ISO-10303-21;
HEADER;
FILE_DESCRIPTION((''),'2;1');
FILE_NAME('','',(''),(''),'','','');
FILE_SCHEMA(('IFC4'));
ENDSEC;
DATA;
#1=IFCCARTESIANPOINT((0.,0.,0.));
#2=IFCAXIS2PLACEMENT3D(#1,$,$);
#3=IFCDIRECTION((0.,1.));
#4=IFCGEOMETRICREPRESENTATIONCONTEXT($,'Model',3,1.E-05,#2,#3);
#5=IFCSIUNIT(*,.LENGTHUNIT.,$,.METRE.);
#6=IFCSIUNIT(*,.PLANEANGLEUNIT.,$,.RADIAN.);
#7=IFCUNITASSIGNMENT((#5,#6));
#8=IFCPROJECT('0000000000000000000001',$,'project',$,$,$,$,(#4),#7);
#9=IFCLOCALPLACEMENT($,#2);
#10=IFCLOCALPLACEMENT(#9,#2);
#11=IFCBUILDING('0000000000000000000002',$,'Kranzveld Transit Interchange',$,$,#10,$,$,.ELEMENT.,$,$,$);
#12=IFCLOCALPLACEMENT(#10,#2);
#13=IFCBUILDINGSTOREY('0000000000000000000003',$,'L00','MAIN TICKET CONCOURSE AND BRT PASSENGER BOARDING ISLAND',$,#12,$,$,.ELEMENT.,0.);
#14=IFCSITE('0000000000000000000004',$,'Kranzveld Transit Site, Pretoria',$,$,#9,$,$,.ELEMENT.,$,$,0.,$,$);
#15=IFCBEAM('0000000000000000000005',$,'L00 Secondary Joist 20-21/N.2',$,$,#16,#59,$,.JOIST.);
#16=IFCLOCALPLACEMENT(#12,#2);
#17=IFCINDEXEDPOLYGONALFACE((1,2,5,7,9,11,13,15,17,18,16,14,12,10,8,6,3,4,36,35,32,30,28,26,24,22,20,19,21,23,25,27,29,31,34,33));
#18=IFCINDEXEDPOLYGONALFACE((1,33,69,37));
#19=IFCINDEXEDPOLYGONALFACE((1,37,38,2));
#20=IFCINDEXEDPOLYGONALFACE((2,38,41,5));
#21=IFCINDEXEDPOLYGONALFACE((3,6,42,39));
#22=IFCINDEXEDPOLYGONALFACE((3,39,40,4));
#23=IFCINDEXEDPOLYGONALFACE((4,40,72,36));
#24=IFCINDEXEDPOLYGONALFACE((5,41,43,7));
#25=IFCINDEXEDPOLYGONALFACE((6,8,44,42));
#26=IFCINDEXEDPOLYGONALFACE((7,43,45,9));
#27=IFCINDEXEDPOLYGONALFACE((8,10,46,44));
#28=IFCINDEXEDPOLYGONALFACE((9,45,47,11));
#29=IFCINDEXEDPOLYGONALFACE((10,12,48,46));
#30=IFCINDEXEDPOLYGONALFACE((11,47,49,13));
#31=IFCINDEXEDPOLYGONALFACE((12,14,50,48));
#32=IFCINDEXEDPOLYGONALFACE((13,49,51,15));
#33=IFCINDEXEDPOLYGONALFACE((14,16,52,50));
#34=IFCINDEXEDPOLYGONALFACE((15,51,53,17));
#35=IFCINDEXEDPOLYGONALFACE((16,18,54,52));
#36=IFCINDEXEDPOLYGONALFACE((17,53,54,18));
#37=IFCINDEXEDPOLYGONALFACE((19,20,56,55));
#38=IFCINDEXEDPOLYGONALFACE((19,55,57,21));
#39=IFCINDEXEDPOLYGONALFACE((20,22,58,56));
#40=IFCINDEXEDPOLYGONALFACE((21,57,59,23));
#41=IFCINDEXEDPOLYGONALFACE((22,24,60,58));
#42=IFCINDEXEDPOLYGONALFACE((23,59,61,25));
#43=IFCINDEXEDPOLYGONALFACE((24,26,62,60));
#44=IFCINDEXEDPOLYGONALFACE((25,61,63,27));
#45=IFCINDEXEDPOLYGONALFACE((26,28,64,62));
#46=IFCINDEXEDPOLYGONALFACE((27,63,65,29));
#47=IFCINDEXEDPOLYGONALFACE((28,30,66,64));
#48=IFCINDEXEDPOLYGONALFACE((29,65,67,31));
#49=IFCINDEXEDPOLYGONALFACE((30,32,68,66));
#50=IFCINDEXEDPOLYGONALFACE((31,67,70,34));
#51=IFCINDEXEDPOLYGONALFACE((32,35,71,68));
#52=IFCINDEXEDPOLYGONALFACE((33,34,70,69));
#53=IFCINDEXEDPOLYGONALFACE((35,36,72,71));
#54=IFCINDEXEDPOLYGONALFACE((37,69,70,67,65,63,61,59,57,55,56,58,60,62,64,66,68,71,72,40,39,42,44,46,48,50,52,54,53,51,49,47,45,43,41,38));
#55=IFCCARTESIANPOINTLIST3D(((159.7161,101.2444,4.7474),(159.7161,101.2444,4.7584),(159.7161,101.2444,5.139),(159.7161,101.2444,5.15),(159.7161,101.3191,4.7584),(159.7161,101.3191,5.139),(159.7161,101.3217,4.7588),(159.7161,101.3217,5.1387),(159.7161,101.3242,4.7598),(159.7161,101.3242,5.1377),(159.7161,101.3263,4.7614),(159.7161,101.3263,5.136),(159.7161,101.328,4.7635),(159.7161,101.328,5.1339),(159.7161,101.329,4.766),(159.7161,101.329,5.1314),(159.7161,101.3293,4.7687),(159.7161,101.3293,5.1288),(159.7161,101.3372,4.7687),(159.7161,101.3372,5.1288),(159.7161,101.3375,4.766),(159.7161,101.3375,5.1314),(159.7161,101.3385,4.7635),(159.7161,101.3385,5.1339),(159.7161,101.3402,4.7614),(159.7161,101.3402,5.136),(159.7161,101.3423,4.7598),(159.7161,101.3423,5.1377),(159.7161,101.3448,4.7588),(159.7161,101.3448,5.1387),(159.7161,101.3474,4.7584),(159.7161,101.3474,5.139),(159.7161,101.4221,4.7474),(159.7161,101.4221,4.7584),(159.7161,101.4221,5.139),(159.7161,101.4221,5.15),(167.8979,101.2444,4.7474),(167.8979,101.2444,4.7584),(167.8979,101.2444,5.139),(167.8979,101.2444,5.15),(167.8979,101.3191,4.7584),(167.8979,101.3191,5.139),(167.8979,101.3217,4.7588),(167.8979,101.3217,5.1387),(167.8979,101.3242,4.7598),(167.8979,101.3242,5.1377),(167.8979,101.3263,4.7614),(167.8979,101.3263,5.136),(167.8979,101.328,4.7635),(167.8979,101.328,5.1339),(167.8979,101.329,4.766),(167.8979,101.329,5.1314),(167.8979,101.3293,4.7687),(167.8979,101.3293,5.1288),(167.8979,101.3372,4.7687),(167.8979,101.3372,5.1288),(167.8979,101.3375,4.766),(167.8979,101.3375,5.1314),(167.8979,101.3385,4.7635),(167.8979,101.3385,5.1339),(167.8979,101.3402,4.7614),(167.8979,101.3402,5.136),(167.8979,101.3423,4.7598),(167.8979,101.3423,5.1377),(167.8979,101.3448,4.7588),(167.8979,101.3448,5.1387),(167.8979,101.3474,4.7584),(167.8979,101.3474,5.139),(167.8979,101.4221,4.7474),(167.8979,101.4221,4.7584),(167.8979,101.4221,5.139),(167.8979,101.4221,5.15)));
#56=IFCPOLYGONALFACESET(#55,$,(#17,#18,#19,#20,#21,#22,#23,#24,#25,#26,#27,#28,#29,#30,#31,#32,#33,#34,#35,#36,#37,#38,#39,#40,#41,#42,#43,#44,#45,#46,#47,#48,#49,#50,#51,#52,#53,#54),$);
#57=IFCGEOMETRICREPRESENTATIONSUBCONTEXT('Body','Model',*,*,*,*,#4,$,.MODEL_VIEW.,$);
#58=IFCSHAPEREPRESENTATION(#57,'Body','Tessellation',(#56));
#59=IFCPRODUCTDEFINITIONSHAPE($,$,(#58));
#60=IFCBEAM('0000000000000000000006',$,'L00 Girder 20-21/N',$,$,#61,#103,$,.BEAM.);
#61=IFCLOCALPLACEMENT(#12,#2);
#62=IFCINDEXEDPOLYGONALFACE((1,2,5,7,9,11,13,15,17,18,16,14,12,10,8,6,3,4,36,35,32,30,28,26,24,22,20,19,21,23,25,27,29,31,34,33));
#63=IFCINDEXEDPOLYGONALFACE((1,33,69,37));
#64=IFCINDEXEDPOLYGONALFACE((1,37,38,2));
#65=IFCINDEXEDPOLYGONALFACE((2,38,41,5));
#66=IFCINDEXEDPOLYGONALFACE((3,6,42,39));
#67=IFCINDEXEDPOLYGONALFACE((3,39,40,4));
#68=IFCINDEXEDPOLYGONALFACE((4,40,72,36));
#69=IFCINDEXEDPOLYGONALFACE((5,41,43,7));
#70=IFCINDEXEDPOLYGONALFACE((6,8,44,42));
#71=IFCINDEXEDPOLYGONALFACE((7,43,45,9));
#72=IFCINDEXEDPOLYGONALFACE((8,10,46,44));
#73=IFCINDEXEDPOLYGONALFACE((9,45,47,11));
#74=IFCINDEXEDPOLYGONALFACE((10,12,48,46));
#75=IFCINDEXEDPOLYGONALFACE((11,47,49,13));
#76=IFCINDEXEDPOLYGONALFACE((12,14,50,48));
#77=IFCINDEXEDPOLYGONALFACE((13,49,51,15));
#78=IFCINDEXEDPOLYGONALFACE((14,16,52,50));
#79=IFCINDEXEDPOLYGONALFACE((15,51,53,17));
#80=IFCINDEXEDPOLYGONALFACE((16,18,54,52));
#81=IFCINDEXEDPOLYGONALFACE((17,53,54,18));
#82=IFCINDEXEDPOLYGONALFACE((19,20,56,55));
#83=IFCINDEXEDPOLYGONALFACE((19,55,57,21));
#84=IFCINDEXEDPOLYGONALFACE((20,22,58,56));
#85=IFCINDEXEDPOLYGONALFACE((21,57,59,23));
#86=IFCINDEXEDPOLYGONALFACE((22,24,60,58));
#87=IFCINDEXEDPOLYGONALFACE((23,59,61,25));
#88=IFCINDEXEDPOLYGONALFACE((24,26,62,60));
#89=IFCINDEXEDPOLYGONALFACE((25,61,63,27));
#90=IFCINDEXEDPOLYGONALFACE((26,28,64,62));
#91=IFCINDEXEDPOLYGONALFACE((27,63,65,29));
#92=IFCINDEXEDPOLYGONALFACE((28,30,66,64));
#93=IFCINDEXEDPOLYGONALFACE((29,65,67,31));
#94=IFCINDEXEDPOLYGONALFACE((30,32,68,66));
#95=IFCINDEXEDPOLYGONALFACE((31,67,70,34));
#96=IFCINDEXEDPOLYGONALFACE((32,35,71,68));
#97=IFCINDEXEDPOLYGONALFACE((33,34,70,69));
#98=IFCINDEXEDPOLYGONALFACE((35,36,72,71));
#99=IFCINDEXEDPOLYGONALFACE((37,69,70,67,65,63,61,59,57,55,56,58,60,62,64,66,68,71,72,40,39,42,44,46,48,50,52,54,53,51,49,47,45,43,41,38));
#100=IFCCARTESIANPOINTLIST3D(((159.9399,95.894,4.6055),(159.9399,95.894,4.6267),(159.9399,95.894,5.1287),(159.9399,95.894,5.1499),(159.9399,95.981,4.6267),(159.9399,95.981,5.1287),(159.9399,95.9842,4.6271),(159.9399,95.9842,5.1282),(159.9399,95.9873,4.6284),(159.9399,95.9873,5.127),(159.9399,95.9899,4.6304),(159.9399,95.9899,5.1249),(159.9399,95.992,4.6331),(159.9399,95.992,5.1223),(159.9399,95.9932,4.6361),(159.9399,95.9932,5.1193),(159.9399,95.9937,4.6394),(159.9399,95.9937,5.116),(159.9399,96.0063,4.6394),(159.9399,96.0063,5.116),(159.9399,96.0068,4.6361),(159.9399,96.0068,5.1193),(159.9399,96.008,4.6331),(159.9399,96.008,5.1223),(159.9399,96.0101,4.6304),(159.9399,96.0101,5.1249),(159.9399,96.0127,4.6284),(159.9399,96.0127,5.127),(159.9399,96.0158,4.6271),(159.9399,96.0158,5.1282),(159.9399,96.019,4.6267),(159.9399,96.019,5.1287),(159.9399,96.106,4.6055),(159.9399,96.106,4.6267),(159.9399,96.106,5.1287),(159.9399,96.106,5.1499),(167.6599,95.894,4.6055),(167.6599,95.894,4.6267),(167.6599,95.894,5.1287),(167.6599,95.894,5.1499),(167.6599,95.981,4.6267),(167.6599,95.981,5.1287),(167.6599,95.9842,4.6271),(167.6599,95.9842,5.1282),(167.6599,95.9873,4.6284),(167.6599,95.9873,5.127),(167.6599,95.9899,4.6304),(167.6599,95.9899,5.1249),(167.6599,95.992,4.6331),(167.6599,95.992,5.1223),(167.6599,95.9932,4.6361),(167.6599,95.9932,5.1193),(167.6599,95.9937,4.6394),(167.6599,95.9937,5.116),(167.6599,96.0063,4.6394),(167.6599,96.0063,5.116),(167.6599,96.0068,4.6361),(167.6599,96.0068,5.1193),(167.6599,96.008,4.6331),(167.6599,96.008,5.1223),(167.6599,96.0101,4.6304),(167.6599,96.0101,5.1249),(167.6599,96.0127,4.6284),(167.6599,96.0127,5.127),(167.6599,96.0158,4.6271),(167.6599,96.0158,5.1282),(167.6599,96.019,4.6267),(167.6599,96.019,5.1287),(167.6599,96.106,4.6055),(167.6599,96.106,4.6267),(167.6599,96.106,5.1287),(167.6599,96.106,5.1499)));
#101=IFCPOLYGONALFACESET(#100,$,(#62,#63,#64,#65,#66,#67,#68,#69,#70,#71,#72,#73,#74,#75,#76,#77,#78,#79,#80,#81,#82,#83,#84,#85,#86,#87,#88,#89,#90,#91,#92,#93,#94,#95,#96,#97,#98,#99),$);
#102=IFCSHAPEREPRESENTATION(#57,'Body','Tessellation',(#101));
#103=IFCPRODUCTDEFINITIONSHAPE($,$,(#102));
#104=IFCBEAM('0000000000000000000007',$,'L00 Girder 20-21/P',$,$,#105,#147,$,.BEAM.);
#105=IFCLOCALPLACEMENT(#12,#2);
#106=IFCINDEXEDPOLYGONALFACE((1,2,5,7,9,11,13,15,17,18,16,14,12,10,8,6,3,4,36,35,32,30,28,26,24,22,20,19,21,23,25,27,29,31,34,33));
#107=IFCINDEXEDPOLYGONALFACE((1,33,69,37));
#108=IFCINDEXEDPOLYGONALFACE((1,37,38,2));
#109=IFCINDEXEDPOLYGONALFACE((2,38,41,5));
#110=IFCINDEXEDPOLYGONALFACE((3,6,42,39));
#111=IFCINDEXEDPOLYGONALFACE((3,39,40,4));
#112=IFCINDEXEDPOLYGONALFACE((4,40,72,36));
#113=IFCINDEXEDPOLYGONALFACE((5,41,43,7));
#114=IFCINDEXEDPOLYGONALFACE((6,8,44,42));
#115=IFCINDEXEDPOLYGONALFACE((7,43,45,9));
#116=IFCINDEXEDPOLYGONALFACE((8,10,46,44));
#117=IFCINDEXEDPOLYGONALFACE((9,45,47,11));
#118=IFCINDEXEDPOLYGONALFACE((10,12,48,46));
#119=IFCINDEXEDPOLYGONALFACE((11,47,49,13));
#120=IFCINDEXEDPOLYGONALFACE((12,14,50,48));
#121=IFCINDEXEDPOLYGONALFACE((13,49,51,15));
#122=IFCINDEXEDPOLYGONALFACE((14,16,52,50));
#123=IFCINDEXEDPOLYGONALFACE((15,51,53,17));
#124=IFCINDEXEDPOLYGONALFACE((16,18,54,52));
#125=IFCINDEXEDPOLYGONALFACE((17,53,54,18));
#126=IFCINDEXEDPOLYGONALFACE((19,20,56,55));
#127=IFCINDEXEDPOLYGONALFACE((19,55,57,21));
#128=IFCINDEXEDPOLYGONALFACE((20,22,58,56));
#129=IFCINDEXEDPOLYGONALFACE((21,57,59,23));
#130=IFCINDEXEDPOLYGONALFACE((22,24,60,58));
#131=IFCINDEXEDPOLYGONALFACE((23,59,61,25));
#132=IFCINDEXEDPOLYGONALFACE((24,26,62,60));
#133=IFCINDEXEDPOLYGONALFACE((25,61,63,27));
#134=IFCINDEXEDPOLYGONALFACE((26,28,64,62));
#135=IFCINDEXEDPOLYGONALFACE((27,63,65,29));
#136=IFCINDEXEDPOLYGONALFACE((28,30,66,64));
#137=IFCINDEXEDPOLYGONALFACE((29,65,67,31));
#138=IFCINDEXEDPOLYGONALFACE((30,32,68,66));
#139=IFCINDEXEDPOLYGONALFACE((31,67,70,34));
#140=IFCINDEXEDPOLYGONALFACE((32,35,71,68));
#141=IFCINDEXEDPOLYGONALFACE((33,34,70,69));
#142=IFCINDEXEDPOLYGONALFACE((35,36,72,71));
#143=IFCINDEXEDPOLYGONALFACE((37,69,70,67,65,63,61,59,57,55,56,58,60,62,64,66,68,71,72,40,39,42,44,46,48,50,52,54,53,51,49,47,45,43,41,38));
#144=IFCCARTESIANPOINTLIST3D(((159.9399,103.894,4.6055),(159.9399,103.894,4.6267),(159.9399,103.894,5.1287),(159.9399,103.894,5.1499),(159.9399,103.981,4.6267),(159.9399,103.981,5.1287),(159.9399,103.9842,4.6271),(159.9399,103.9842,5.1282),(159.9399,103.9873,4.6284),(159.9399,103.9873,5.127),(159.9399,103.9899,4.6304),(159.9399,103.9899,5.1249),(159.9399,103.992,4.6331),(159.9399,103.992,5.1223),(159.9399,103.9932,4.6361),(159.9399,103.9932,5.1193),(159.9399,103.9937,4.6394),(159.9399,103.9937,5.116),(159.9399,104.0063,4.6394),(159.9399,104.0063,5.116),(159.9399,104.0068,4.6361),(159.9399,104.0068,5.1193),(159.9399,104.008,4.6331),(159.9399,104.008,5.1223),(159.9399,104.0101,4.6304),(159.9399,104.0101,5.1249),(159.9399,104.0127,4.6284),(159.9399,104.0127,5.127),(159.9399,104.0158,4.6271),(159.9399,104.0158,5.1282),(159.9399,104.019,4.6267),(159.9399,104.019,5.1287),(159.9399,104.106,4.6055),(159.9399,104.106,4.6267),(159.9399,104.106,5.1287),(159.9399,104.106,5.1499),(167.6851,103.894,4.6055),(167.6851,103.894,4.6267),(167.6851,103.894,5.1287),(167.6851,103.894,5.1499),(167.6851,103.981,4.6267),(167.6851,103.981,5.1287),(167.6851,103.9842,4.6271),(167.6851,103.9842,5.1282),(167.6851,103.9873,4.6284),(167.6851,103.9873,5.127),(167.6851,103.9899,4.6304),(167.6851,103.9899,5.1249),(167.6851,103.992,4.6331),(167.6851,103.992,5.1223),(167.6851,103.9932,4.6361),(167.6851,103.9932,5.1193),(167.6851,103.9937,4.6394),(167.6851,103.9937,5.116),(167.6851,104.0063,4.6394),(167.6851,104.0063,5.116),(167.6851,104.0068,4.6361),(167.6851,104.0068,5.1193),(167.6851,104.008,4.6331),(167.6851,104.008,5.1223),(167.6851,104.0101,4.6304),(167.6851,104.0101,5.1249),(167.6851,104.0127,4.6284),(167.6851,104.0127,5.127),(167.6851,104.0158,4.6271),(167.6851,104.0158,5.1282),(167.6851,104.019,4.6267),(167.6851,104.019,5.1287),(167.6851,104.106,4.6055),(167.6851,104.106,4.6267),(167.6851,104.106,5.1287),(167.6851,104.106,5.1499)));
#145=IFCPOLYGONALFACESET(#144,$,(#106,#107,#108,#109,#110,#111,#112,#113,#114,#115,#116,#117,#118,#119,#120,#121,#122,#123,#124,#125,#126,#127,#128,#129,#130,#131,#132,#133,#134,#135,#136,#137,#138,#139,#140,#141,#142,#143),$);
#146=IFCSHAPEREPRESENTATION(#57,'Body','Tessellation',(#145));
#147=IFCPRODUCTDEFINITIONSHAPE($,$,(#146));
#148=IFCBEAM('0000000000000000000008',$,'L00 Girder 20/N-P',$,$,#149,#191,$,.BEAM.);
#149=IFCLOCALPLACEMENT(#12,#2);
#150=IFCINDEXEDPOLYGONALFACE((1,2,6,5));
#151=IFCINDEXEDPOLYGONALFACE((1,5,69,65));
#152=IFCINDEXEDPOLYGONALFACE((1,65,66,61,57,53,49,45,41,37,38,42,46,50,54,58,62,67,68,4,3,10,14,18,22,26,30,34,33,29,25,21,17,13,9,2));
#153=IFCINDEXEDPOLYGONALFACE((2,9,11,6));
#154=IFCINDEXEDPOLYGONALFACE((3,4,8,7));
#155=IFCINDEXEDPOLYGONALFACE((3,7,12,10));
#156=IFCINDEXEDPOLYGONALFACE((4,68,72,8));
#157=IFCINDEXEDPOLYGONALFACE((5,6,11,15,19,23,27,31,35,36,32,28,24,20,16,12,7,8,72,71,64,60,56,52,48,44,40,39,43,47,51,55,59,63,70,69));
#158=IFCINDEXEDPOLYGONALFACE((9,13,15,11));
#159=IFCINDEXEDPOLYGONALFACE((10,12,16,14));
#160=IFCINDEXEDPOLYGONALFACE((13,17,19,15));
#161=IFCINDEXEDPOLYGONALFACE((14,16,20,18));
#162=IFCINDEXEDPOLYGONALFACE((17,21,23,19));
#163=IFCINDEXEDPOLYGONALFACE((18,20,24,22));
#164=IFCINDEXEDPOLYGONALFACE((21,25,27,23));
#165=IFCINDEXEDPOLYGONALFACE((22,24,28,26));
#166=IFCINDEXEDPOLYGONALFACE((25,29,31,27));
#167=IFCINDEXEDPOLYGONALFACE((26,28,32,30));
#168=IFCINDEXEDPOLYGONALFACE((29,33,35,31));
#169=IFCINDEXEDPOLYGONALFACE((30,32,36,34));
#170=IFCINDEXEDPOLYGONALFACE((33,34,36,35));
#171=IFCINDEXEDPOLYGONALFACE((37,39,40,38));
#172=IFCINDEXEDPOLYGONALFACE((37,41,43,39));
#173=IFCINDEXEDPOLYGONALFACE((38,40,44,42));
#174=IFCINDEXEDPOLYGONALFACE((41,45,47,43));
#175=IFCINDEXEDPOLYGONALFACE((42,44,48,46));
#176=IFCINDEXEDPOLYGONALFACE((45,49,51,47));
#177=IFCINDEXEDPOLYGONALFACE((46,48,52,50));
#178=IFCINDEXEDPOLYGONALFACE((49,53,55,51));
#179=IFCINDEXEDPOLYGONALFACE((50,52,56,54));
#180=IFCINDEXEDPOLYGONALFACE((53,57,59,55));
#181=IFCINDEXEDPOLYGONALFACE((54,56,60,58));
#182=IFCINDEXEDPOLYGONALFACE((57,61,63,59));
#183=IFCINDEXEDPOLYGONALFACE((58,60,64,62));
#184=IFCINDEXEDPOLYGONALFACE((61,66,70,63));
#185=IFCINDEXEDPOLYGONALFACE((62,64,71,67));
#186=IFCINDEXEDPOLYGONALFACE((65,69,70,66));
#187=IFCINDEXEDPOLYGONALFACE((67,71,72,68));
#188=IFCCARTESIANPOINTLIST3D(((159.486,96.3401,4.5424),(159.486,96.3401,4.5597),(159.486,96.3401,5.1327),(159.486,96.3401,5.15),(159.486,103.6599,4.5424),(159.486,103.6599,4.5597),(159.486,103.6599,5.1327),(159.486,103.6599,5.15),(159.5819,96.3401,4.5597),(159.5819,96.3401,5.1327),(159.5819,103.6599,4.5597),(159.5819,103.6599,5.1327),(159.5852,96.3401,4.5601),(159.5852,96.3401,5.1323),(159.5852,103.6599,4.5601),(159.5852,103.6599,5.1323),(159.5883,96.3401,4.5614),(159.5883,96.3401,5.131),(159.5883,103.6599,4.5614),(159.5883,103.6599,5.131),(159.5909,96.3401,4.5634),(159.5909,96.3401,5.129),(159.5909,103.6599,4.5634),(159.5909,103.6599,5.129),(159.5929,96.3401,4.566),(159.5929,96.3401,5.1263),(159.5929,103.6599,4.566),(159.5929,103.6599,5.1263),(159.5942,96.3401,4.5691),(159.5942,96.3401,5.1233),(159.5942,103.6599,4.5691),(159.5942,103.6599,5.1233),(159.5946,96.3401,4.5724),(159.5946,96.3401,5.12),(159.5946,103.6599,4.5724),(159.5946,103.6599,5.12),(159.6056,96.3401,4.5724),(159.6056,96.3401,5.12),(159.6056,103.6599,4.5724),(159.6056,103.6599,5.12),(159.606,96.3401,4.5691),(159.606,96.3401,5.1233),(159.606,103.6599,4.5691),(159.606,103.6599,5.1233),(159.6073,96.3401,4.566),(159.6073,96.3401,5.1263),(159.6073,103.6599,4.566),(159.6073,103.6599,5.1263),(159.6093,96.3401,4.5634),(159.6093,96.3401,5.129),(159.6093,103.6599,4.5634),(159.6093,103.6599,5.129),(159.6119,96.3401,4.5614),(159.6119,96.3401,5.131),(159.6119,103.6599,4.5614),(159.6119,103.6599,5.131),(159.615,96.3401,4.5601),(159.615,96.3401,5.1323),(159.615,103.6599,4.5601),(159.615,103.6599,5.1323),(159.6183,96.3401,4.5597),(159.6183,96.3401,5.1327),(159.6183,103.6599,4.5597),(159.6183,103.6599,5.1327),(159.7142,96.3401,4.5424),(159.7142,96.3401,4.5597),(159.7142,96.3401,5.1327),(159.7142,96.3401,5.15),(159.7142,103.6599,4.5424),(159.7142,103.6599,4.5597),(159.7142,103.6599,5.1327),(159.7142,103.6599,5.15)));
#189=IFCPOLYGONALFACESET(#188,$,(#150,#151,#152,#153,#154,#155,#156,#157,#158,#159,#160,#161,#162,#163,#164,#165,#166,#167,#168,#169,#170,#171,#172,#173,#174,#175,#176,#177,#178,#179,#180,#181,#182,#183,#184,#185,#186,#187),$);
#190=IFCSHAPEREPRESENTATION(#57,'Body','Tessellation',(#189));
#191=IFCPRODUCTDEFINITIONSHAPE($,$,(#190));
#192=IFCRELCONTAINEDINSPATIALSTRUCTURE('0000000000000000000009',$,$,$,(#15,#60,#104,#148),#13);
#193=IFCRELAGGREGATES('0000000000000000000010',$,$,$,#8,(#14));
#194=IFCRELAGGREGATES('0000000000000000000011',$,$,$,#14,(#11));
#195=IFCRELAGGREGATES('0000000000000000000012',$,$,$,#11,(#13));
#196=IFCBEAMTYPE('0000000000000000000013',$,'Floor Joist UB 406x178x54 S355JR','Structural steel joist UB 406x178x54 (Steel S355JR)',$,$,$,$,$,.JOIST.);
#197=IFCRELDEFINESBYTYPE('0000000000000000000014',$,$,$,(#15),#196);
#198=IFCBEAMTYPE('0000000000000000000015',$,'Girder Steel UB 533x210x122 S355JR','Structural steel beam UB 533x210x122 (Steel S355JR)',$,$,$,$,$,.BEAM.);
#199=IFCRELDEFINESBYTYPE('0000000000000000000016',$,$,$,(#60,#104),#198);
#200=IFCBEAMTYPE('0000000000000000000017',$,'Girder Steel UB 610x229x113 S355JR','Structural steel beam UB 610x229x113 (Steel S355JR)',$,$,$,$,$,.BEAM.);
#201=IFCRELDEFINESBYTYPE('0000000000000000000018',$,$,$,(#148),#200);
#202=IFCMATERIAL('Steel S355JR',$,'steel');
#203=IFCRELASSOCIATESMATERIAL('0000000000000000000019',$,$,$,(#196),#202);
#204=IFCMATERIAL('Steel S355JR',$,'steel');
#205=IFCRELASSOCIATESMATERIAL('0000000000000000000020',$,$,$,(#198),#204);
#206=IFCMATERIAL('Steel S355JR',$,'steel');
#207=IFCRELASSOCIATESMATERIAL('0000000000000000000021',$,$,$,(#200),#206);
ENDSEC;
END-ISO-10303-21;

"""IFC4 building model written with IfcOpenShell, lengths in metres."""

from ifc_helpers import new_model, si_unit, direction, frame, origin, origin_2d, place, context, subcontext, project, spatial, i_section, extrude, material, material_profile, profile_set, type_object, element, save


model = new_model("IFC4")

# Units and contexts
model_context = context("Model", 3, precision=1e-05, world=origin(), true_north=direction((0.0, 1.0)))
body_context = subcontext(model_context, "Body", "Model", "MODEL_VIEW")
ifc_project = project(units=[si_unit("LENGTHUNIT", "METRE"), si_unit("PLANEANGLEUNIT", "RADIAN")], contexts=[model_context])

# Site, building, storey
site_placement = place(None, origin())
site = spatial("IfcSite", under=ifc_project, at=site_placement, Name="Kranzveld Transit Site, Pretoria", CompositionType="ELEMENT", RefElevation=0.0)
building_placement = place(site_placement, origin())
building = spatial("IfcBuilding", under=site, at=building_placement, Name="Kranzveld Transit Interchange", CompositionType="ELEMENT")
storey_placement = place(building_placement, origin())
storey = spatial("IfcBuildingStorey", under=building, at=storey_placement, Name="L00", Description="MAIN TICKET CONCOURSE AND BRT PASSENGER BOARDING ISLAND", CompositionType="ELEMENT", Elevation=0.0)

# Beams
ifc_material_1 = material(Name="Steel S355JR", Category="steel")
ifc_material_profile_1 = material_profile(ifc_material_1, i_section(OverallWidth=0.1777, OverallDepth=0.4026, WebThickness=0.0078, FlangeThickness=0.011, FilletRadius=0.0103, at=origin_2d()), Name="UB 406x178x54")
ifc_profile_set_1 = profile_set([ifc_material_profile_1], Name="Steel S355JR")
beam_type_1 = type_object("IfcBeamType", Name="Floor Joist UB 406x178x54 S355JR", Description="Structural steel joist UB 406x178x54 (Steel S355JR)", PredefinedType="JOIST", material=ifc_profile_set_1)
for number, where, z_axis, x_axis, name in (
    (1, (159.7161, 101.3333, 4.9487), (1.0, 0.0, 0.0), (0.0, 1.0, 0.0), "L00 Secondary Joist 20-21/N.2"),
):
    element("IfcBeam", number, at=place(storey_placement, frame(where, z_axis=z_axis, x_axis=x_axis)), inside=storey, type_object=beam_type_1, Name=name, PredefinedType="JOIST", context=body_context, shape_type="SweptSolid", body=[
        extrude(i_section(OverallWidth=0.1777, OverallDepth=0.4026, WebThickness=0.0078, FlangeThickness=0.011, FilletRadius=0.0103, at=origin_2d()), origin(), (0.0, 0.0, 1.0), 8.1819),
    ])
ifc_material_2 = material(Name="Steel S355JR", Category="steel")
ifc_material_profile_2 = material_profile(ifc_material_2, i_section(OverallWidth=0.2119, OverallDepth=0.5444, WebThickness=0.0127, FlangeThickness=0.0212, FilletRadius=0.0127, at=origin_2d()), Name="UB 533x210x122")
ifc_profile_set_2 = profile_set([ifc_material_profile_2], Name="Steel S355JR")
beam_type_2 = type_object("IfcBeamType", Name="Girder Steel UB 533x210x122 S355JR", Description="Structural steel beam UB 533x210x122 (Steel S355JR)", PredefinedType="BEAM", material=ifc_profile_set_2)
beam_1_placement = place(storey_placement, frame((159.9399, 96.0, 4.8777), z_axis=(1.0, 0.0, 0.0), x_axis=(0.0, 1.0, 0.0)))
element("IfcBeam", 2, at=beam_1_placement, inside=storey, type_object=beam_type_2, Name="L00 Girder 20-21/N", PredefinedType="BEAM", context=body_context, shape_type="SweptSolid", body=[
    extrude(i_section(OverallWidth=0.2119, OverallDepth=0.5444, WebThickness=0.0127, FlangeThickness=0.0212, FilletRadius=0.0127, at=origin_2d()), origin(), (0.0, 0.0, 1.0), 7.72),
])
beam_2_placement = place(storey_placement, frame((159.9399, 104.0, 4.8777), z_axis=(1.0, 0.0, 0.0), x_axis=(0.0, 1.0, 0.0)))
element("IfcBeam", 3, at=beam_2_placement, inside=storey, type_object=beam_type_2, Name="L00 Girder 20-21/P", PredefinedType="BEAM", context=body_context, shape_type="SweptSolid", body=[
    extrude(i_section(OverallWidth=0.2119, OverallDepth=0.5444, WebThickness=0.0127, FlangeThickness=0.0212, FilletRadius=0.0127, at=origin_2d()), origin(), (0.0, 0.0, 1.0), 7.7451),
])
ifc_material_3 = material(Name="Steel S355JR", Category="steel")
ifc_material_profile_3 = material_profile(ifc_material_3, i_section(OverallWidth=0.2283, OverallDepth=0.6077, WebThickness=0.011, FlangeThickness=0.0173, FilletRadius=0.0127, at=origin_2d()), Name="UB 610x229x113")
ifc_profile_set_3 = profile_set([ifc_material_profile_3], Name="Steel S355JR")
beam_type_3 = type_object("IfcBeamType", Name="Girder Steel UB 610x229x113 S355JR", Description="Structural steel beam UB 610x229x113 (Steel S355JR)", PredefinedType="BEAM", material=ifc_profile_set_3)
beam_3_placement = place(storey_placement, frame((159.6001, 96.3401, 4.8462), z_axis=(0.0, 1.0, 0.0), x_axis=(-1.0, 0.0, 0.0)))
element("IfcBeam", 4, at=beam_3_placement, inside=storey, type_object=beam_type_3, Name="L00 Girder 20/N-P", PredefinedType="BEAM", context=body_context, shape_type="SweptSolid", body=[
    extrude(i_section(OverallWidth=0.2283, OverallDepth=0.6077, WebThickness=0.011, FlangeThickness=0.0173, FilletRadius=0.0127, at=origin_2d()), origin(), (0.0, 0.0, 1.0), 7.3198),
])

save(model, "model.ifc")
